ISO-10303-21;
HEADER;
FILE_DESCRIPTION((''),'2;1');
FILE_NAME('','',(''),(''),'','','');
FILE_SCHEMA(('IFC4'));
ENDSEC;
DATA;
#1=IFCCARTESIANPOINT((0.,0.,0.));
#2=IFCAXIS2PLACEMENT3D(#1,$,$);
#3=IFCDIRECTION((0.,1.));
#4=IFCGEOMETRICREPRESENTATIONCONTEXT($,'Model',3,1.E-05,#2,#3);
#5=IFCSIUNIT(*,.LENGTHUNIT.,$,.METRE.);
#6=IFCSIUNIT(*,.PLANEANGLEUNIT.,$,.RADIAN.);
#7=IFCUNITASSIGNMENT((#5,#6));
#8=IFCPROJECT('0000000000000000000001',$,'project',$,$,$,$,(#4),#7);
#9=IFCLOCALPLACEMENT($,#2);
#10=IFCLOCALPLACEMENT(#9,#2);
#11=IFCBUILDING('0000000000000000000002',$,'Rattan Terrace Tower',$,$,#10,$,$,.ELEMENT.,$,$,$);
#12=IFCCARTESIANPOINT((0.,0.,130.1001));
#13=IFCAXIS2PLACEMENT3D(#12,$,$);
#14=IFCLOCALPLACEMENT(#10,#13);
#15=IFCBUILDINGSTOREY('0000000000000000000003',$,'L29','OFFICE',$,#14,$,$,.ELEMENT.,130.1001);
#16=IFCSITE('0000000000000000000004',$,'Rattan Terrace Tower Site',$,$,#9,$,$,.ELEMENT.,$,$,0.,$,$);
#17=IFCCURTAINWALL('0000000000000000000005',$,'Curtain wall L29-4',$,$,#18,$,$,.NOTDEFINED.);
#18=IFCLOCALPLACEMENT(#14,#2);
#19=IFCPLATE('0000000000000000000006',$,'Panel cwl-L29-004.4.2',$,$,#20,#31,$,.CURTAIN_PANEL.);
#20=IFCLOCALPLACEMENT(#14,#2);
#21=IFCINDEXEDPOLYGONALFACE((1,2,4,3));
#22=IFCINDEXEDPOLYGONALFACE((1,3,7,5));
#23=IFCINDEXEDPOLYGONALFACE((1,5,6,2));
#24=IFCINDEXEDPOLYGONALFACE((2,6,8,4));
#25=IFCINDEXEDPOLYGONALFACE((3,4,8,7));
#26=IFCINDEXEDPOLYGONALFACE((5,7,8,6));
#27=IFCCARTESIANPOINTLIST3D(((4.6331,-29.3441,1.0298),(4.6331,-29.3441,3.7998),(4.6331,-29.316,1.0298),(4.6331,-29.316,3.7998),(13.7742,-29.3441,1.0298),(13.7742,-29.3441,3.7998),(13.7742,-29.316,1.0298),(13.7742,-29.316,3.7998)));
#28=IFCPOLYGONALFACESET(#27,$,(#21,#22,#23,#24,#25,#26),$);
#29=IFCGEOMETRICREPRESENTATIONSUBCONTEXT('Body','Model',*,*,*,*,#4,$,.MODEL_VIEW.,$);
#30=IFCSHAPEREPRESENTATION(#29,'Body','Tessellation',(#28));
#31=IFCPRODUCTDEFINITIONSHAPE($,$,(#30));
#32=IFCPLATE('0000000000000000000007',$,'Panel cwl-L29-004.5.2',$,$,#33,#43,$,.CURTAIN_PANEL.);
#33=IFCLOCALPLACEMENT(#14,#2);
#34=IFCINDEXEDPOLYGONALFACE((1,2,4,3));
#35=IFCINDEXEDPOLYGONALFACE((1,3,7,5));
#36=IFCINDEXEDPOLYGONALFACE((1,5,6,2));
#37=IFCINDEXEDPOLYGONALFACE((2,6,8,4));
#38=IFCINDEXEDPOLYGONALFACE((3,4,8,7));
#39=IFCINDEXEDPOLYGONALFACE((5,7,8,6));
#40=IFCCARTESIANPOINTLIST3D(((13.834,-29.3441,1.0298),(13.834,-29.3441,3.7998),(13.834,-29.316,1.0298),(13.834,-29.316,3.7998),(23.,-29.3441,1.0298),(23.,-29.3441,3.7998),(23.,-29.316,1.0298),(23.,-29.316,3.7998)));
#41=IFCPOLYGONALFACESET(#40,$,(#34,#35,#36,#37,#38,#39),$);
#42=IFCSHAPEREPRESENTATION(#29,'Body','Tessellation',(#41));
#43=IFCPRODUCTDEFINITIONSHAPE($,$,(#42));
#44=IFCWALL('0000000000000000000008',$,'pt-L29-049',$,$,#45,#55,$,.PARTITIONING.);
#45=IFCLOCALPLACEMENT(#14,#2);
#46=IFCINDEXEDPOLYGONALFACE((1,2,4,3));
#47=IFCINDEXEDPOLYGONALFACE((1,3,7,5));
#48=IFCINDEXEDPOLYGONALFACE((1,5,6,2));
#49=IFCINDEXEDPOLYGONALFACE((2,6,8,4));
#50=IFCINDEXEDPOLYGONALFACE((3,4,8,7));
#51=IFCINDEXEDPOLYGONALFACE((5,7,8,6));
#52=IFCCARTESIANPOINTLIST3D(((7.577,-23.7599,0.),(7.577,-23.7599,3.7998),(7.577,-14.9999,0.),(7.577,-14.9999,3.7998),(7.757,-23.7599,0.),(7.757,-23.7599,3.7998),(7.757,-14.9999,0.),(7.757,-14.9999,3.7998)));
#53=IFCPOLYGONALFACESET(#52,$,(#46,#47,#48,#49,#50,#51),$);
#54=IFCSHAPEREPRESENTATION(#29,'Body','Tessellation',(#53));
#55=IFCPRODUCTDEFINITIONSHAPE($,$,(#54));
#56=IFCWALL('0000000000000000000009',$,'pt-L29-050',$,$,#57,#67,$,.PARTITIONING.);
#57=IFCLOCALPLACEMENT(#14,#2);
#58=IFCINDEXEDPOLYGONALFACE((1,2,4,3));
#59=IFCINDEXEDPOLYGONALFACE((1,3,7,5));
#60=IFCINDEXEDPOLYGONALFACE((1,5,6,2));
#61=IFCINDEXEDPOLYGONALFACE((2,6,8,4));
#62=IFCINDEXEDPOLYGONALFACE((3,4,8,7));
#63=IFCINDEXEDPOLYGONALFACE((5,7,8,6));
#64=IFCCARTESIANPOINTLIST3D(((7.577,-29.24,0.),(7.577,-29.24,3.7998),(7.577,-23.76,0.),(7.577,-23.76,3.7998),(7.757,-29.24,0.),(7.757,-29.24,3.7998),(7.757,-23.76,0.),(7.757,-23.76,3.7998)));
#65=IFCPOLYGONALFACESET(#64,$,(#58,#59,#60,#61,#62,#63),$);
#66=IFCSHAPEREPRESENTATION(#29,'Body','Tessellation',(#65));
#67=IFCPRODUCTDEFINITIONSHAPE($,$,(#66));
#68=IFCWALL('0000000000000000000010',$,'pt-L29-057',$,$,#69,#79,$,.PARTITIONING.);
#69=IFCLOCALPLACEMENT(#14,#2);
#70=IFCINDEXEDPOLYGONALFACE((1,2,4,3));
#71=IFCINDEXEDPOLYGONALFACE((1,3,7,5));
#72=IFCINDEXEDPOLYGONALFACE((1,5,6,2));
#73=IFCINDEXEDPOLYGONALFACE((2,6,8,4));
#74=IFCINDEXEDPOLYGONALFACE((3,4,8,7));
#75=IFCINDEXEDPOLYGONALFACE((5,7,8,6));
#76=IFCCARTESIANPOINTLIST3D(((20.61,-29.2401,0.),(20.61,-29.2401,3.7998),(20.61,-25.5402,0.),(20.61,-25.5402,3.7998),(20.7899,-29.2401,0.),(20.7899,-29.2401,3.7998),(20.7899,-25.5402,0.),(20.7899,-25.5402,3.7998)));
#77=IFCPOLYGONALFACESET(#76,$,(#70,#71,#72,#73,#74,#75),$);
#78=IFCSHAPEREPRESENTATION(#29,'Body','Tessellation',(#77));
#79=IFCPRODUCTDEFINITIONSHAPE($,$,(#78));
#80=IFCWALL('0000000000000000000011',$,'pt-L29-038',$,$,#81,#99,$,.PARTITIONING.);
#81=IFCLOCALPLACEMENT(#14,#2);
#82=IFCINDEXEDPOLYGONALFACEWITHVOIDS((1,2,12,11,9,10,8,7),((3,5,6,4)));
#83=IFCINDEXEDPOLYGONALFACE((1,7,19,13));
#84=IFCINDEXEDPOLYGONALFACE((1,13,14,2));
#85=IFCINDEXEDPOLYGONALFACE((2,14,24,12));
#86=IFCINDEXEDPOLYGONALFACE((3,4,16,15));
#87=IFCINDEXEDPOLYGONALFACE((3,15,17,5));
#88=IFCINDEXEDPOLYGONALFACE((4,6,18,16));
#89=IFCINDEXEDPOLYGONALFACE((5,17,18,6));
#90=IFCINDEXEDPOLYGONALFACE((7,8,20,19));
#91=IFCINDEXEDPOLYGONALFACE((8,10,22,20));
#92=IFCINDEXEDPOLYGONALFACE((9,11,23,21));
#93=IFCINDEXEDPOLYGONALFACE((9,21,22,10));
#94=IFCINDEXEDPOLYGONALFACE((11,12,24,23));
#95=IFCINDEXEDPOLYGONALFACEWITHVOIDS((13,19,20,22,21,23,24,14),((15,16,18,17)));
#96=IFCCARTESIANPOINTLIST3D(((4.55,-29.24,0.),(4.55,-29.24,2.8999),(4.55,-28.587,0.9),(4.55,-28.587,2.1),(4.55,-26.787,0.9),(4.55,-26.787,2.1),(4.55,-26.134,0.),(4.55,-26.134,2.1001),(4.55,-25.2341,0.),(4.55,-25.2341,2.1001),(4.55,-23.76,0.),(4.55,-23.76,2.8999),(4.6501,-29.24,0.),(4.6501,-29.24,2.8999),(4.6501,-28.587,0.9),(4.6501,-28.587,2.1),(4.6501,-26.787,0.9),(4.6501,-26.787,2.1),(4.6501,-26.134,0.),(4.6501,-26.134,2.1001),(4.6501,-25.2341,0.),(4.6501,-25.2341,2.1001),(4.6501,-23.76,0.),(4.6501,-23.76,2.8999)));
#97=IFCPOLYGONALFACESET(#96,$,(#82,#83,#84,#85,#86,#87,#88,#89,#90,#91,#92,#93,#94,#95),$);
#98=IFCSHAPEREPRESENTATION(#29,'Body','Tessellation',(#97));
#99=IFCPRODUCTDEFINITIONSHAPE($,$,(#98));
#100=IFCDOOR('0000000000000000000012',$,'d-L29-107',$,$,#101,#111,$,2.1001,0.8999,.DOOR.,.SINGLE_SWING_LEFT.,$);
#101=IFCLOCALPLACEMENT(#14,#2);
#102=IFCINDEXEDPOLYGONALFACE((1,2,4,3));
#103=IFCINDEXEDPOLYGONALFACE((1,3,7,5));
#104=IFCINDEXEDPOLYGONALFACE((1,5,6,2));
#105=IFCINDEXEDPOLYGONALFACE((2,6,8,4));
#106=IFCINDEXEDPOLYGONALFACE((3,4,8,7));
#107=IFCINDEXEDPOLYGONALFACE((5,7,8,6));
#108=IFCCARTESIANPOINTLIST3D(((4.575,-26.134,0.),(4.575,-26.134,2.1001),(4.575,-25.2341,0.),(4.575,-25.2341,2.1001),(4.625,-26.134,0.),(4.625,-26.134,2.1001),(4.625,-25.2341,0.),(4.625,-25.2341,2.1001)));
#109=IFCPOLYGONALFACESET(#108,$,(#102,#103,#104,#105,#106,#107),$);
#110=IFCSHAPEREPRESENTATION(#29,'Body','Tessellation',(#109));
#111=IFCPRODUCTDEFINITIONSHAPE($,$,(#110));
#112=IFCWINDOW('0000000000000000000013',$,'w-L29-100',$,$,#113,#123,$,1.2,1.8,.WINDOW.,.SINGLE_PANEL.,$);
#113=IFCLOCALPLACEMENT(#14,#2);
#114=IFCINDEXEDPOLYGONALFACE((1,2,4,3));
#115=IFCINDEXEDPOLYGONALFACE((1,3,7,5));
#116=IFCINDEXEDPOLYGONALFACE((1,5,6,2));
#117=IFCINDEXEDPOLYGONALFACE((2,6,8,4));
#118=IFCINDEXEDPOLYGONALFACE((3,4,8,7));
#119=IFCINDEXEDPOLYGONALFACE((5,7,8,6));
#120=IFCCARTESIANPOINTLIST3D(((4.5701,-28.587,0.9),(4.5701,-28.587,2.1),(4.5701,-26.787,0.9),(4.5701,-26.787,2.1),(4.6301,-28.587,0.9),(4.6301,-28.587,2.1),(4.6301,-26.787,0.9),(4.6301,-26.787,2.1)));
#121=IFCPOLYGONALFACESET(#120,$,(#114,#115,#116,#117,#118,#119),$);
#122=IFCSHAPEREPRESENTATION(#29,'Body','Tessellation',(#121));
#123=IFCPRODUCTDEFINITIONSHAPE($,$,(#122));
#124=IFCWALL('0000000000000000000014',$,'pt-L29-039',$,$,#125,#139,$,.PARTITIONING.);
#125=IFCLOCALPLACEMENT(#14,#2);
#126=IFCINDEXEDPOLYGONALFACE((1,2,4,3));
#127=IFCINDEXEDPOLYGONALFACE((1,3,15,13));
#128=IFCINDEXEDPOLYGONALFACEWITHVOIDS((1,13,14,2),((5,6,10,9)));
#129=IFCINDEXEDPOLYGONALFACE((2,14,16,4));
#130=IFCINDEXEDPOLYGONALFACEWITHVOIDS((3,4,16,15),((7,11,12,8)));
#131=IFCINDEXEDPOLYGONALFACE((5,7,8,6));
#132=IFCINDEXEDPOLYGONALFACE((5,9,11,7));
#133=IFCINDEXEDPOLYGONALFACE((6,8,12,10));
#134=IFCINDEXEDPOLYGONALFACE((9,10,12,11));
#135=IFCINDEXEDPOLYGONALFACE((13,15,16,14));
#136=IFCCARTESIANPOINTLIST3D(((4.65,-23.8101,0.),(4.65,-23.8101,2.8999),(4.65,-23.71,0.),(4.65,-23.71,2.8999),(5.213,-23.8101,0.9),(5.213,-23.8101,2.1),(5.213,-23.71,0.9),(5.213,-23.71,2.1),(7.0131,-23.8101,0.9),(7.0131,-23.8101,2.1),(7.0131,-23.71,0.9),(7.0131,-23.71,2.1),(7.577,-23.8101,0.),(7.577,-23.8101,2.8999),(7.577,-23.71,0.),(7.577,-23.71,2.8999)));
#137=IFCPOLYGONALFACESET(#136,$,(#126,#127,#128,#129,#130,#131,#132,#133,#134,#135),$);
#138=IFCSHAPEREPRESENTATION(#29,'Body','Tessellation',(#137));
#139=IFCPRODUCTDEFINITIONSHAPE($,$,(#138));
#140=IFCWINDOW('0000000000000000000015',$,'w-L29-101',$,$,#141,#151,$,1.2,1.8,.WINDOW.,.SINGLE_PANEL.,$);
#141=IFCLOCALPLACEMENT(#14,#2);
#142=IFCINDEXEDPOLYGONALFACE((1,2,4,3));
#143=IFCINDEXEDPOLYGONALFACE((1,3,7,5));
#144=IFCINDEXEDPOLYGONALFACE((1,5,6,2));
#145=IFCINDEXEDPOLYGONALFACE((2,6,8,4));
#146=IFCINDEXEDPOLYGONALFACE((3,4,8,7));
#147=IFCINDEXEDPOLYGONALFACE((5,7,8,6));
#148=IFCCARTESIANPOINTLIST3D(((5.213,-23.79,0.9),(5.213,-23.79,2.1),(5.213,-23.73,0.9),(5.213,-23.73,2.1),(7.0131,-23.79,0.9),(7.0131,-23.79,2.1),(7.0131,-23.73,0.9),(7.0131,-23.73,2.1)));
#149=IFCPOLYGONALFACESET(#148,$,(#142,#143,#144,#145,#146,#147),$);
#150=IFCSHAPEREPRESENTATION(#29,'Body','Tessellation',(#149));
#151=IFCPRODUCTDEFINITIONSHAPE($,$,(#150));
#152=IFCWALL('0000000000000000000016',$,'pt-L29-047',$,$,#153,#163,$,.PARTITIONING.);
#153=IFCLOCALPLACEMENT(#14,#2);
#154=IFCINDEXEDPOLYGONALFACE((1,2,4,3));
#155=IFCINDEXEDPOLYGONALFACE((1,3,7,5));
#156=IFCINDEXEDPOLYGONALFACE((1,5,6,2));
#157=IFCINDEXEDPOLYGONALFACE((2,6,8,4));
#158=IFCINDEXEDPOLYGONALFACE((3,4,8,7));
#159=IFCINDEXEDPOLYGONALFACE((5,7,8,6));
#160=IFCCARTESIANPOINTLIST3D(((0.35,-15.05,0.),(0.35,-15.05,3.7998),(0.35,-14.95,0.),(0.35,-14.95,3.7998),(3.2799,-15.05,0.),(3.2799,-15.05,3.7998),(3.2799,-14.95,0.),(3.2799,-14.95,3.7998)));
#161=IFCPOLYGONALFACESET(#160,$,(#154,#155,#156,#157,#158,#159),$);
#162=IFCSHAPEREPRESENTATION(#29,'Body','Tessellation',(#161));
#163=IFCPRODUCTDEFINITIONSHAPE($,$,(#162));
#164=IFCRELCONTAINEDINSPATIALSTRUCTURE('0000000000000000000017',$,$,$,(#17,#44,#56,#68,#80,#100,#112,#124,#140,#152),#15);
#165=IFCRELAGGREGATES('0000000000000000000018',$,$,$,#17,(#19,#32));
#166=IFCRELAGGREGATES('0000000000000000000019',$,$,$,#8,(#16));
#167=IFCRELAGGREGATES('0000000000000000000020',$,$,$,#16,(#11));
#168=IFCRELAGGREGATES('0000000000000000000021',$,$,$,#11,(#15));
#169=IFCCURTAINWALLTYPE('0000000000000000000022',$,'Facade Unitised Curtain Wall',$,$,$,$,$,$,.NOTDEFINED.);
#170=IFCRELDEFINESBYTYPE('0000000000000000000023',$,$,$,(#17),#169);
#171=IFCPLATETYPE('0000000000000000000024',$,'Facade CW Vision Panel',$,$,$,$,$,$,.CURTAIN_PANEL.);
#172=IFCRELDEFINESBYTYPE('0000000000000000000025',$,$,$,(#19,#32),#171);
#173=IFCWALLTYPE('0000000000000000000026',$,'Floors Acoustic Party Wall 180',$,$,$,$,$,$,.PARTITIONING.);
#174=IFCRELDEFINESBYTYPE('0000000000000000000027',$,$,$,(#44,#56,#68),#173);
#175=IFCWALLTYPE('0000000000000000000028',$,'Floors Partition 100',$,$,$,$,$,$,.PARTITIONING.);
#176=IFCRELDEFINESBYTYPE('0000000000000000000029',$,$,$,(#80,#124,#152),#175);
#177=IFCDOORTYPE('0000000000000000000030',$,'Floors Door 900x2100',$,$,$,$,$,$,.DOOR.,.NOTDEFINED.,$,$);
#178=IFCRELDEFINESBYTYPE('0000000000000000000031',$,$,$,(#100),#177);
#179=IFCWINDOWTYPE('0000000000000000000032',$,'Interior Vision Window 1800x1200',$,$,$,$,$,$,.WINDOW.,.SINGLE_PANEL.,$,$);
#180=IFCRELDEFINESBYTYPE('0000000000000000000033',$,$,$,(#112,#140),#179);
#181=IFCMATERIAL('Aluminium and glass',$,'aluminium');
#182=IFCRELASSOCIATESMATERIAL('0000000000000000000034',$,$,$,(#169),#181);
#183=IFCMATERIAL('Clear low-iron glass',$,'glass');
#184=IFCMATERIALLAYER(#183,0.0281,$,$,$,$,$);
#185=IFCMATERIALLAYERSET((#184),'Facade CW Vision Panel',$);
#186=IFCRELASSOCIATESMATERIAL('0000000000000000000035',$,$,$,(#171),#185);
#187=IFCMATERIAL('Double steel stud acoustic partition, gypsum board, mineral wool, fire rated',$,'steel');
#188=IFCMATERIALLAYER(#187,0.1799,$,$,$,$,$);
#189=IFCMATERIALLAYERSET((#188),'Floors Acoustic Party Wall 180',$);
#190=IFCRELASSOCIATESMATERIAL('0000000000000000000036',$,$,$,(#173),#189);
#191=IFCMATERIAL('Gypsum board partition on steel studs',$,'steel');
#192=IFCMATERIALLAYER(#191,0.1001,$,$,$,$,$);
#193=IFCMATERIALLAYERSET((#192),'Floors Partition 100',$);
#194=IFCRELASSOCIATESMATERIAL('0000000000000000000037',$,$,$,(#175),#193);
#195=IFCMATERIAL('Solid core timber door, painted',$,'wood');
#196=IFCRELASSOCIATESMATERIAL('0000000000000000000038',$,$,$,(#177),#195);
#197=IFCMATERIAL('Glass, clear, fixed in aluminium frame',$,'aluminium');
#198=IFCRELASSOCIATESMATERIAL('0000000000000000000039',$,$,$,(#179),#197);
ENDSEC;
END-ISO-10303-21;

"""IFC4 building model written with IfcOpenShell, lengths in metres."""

from ifc_helpers import new_model, si_unit, direction, frame, frame_2d, origin, origin_2d, place, context, subcontext, project, spatial, rectangle, extrude, material, layer, layer_set, type_object, element, fill, aggregate, save


model = new_model("IFC4")

# Units and contexts
model_context = context("Model", 3, precision=1e-05, world=origin(), true_north=direction((0.0, 1.0)))
body_context = subcontext(model_context, "Body", "Model", "MODEL_VIEW")
ifc_project = project(units=[si_unit("LENGTHUNIT", "METRE"), si_unit("PLANEANGLEUNIT", "RADIAN")], contexts=[model_context])

# Site, building, storey
site_placement = place(None, origin())
site = spatial("IfcSite", under=ifc_project, at=site_placement, Name="Rattan Terrace Tower Site", CompositionType="ELEMENT", RefElevation=0.0)
building_placement = place(site_placement, origin())
building = spatial("IfcBuilding", under=site, at=building_placement, Name="Rattan Terrace Tower", CompositionType="ELEMENT")
storey_placement = place(building_placement, frame((0.0, 0.0, 130.1001)))
storey = spatial("IfcBuildingStorey", under=building, at=storey_placement, Name="L29", Description="OFFICE", CompositionType="ELEMENT", Elevation=130.1001)

# Curtain wall
ifc_material_1 = material(Name="Aluminium and glass", Category="aluminium")
curtain_wall_type = type_object("IfcCurtainWallType", Name="Facade Unitised Curtain Wall", PredefinedType="NOTDEFINED", material=ifc_material_1)
curtain_wall_placement = place(storey_placement, origin())
curtain_wall = element("IfcCurtainWall", 1, at=curtain_wall_placement, inside=storey, type_object=curtain_wall_type, Name="Curtain wall L29-4", PredefinedType="NOTDEFINED")

# Plates
ifc_material_2 = material(Name="Clear low-iron glass", Category="glass")
ifc_layer_1 = layer(ifc_material_2, 0.0281)
ifc_layer_set_1 = layer_set([ifc_layer_1], Name="Facade CW Vision Panel")
plate_type_1 = type_object("IfcPlateType", Name="Facade CW Vision Panel", PredefinedType="CURTAIN_PANEL", material=ifc_layer_set_1)
plate_1_placement = place(storey_placement, frame((9.2036, -29.3301, 1.0298), z_axis=(0.0, 0.0, 1.0), x_axis=(1.0, 0.0, 0.0)))
plate_1 = element("IfcPlate", 2, at=plate_1_placement, type_object=plate_type_1, Name="Panel cwl-L29-004.4.2", PredefinedType="CURTAIN_PANEL", context=body_context, shape_type="SweptSolid", body=[
    extrude(rectangle(XDim=9.1411, YDim=0.0281, at=origin_2d()), origin(), (0.0, 0.0, 1.0), 2.77),
])
plate_2_placement = place(storey_placement, frame((18.417, -29.3301, 1.0298), z_axis=(0.0, 0.0, 1.0), x_axis=(1.0, 0.0, 0.0)))
plate_2 = element("IfcPlate", 3, at=plate_2_placement, type_object=plate_type_1, Name="Panel cwl-L29-004.5.2", PredefinedType="CURTAIN_PANEL", context=body_context, shape_type="SweptSolid", body=[
    extrude(rectangle(XDim=9.166, YDim=0.0281, at=origin_2d()), origin(), (0.0, 0.0, 1.0), 2.77),
])
aggregate(curtain_wall, [plate_1, plate_2])

# Walls
ifc_material_3 = material(Name="Double steel stud acoustic partition, gypsum board, mineral wool, fire rated", Category="steel")
ifc_layer_2 = layer(ifc_material_3, 0.1799)
ifc_layer_set_2 = layer_set([ifc_layer_2], Name="Floors Acoustic Party Wall 180")
wall_type_1 = type_object("IfcWallType", Name="Floors Acoustic Party Wall 180", PredefinedType="PARTITIONING", material=ifc_layer_set_2)
wall_1_placement = place(storey_placement, frame((7.667, -15.0, 0.0), z_axis=(0.0, 0.0, 1.0), x_axis=(0.0, -1.0, 0.0)))
element("IfcWall", 4, at=wall_1_placement, inside=storey, type_object=wall_type_1, Name="pt-L29-049", PredefinedType="PARTITIONING", context=body_context, shape_type="SweptSolid", body=[
    extrude(rectangle(XDim=8.76, YDim=0.1799, at=frame_2d((4.3799, 0.0))), origin(), (0.0, 0.0, 1.0), 3.7998),
])
wall_2_placement = place(storey_placement, frame((7.667, -23.76, 0.0), z_axis=(0.0, 0.0, 1.0), x_axis=(0.0, -1.0, 0.0)))
element("IfcWall", 5, at=wall_2_placement, inside=storey, type_object=wall_type_1, Name="pt-L29-050", PredefinedType="PARTITIONING", context=body_context, shape_type="SweptSolid", body=[
    extrude(rectangle(XDim=5.48, YDim=0.1799, at=frame_2d((2.74, 0.0))), origin(), (0.0, 0.0, 1.0), 3.7998),
])
wall_3_placement = place(storey_placement, frame((20.7, -25.54, 0.0), z_axis=(0.0, 0.0, 1.0), x_axis=(0.0, -1.0, 0.0)))
element("IfcWall", 6, at=wall_3_placement, inside=storey, type_object=wall_type_1, Name="pt-L29-057", PredefinedType="PARTITIONING", context=body_context, shape_type="SweptSolid", body=[
    extrude(rectangle(XDim=3.7, YDim=0.1799, at=frame_2d((1.8501, 0.0))), origin(), (0.0, 0.0, 1.0), 3.7998),
])

# Wall, openings, door, window
ifc_material_4 = material(Name="Gypsum board partition on steel studs", Category="steel")
ifc_layer_3 = layer(ifc_material_4, 0.1001)
ifc_layer_set_3 = layer_set([ifc_layer_3], Name="Floors Partition 100")
wall_type_2 = type_object("IfcWallType", Name="Floors Partition 100", PredefinedType="PARTITIONING", material=ifc_layer_set_3)
wall_4_placement = place(storey_placement, frame((4.6001, -23.76, 0.0), z_axis=(0.0, 0.0, 1.0), x_axis=(0.0, -1.0, 0.0)))
wall_4 = element("IfcWall", 7, at=wall_4_placement, inside=storey, type_object=wall_type_2, Name="pt-L29-038", PredefinedType="PARTITIONING", context=body_context, shape_type="SweptSolid", body=[
    extrude(rectangle(XDim=5.48, YDim=0.1001, at=frame_2d((2.74, 0.0))), origin(), (0.0, 0.0, 1.0), 2.8999),
])
opening_1_placement = place(wall_4_placement, frame((1.4741, 0.0, 0.0)))
opening_1 = element("IfcOpeningElement", 8, at=opening_1_placement, cuts=wall_4, PredefinedType="OPENING", context=body_context, shape_type="SweptSolid", body=[
    extrude(rectangle(XDim=0.8999, YDim=2.1001, at=frame_2d((0.45, 1.05))), frame((0.0, 0.0605, 0.0), z_axis=(0.0, -1.0, 0.0), x_axis=(1.0, 0.0, 0.0)), (0.0, 0.0, 1.0), 0.1211),
])
opening_2_placement = place(wall_4_placement, frame((3.0271, 0.0, 0.8999)))
opening_2 = element("IfcOpeningElement", 9, at=opening_2_placement, cuts=wall_4, PredefinedType="OPENING", context=body_context, shape_type="SweptSolid", body=[
    extrude(rectangle(XDim=1.8, YDim=1.2, at=frame_2d((0.8999, 0.6001))), frame((0.0, 0.0605, 0.0), z_axis=(0.0, -1.0, 0.0), x_axis=(1.0, 0.0, 0.0)), (0.0, 0.0, 1.0), 0.1211),
])
ifc_material_5 = material(Name="Solid core timber door, painted", Category="wood")
door_type = type_object("IfcDoorType", Name="Floors Door 900x2100", OperationType="NOTDEFINED", PredefinedType="DOOR", material=ifc_material_5)
door_1_placement = place(opening_1_placement, origin())
door_1 = element("IfcDoor", 10, at=door_1_placement, inside=storey, type_object=door_type, Name="d-L29-107", OperationType="SINGLE_SWING_LEFT", OverallHeight=2.1001, OverallWidth=0.8999, PredefinedType="DOOR", context=body_context, shape_type="SweptSolid", body=[
    extrude(rectangle(XDim=0.8999, YDim=2.1001, at=frame_2d((0.45, 1.05))), frame((0.0, 0.0249, 0.0), z_axis=(0.0, -1.0, 0.0), x_axis=(1.0, 0.0, 0.0)), (0.0, 0.0, 1.0), 0.05),
])
fill(opening_1, door_1)
ifc_material_6 = material(Name="Glass, clear, fixed in aluminium frame", Category="aluminium")
window_type = type_object("IfcWindowType", Name="Interior Vision Window 1800x1200", PartitioningType="SINGLE_PANEL", PredefinedType="WINDOW", material=ifc_material_6)
window_1_placement = place(opening_2_placement, origin())
window_1 = element("IfcWindow", 11, at=window_1_placement, inside=storey, type_object=window_type, Name="w-L29-100", OverallHeight=1.2, OverallWidth=1.8, PartitioningType="SINGLE_PANEL", PredefinedType="WINDOW", context=body_context, shape_type="SweptSolid", body=[
    extrude(rectangle(XDim=1.8, YDim=1.2, at=frame_2d((0.8999, 0.6001))), frame((0.0, 0.03, 0.0), z_axis=(0.0, -1.0, 0.0), x_axis=(1.0, 0.0, 0.0)), (0.0, 0.0, 1.0), 0.0601),
])
fill(opening_2, window_1)

# Wall, opening, window
wall_5_placement = place(storey_placement, frame((7.5769, -23.76, 0.0), z_axis=(0.0, 0.0, 1.0), x_axis=(-1.0, 0.0, 0.0)))
wall_5 = element("IfcWall", 12, at=wall_5_placement, inside=storey, type_object=wall_type_2, Name="pt-L29-039", PredefinedType="PARTITIONING", context=body_context, shape_type="SweptSolid", body=[
    extrude(rectangle(XDim=2.927, YDim=0.1001, at=frame_2d((1.4634, 0.0))), origin(), (0.0, 0.0, 1.0), 2.8999),
])
opening_3_placement = place(wall_5_placement, frame((0.564, 0.0, 0.8999)))
opening_3 = element("IfcOpeningElement", 13, at=opening_3_placement, cuts=wall_5, PredefinedType="OPENING", context=body_context, shape_type="SweptSolid", body=[
    extrude(rectangle(XDim=1.8, YDim=1.2, at=frame_2d((0.8999, 0.6001))), frame((0.0, 0.0605, 0.0), z_axis=(0.0, -1.0, 0.0), x_axis=(1.0, 0.0, 0.0)), (0.0, 0.0, 1.0), 0.1211),
])
window_2_placement = place(opening_3_placement, origin())
window_2 = element("IfcWindow", 14, at=window_2_placement, inside=storey, type_object=window_type, Name="w-L29-101", OverallHeight=1.2, OverallWidth=1.8, PartitioningType="SINGLE_PANEL", PredefinedType="WINDOW", context=body_context, shape_type="SweptSolid", body=[
    extrude(rectangle(XDim=1.8, YDim=1.2, at=frame_2d((0.8999, 0.6001))), frame((0.0, 0.03, 0.0), z_axis=(0.0, -1.0, 0.0), x_axis=(1.0, 0.0, 0.0)), (0.0, 0.0, 1.0), 0.0601),
])
fill(opening_3, window_2)

# Wall
wall_6_placement = place(storey_placement, frame((0.3501, -15.0, 0.0), z_axis=(0.0, 0.0, 1.0), x_axis=(1.0, 0.0, 0.0)))
element("IfcWall", 15, at=wall_6_placement, inside=storey, type_object=wall_type_2, Name="pt-L29-047", PredefinedType="PARTITIONING", context=body_context, shape_type="SweptSolid", body=[
    extrude(rectangle(XDim=2.9299, YDim=0.1001, at=frame_2d((1.4648, 0.0))), origin(), (0.0, 0.0, 1.0), 3.7998),
])

save(model, "model.ifc")
